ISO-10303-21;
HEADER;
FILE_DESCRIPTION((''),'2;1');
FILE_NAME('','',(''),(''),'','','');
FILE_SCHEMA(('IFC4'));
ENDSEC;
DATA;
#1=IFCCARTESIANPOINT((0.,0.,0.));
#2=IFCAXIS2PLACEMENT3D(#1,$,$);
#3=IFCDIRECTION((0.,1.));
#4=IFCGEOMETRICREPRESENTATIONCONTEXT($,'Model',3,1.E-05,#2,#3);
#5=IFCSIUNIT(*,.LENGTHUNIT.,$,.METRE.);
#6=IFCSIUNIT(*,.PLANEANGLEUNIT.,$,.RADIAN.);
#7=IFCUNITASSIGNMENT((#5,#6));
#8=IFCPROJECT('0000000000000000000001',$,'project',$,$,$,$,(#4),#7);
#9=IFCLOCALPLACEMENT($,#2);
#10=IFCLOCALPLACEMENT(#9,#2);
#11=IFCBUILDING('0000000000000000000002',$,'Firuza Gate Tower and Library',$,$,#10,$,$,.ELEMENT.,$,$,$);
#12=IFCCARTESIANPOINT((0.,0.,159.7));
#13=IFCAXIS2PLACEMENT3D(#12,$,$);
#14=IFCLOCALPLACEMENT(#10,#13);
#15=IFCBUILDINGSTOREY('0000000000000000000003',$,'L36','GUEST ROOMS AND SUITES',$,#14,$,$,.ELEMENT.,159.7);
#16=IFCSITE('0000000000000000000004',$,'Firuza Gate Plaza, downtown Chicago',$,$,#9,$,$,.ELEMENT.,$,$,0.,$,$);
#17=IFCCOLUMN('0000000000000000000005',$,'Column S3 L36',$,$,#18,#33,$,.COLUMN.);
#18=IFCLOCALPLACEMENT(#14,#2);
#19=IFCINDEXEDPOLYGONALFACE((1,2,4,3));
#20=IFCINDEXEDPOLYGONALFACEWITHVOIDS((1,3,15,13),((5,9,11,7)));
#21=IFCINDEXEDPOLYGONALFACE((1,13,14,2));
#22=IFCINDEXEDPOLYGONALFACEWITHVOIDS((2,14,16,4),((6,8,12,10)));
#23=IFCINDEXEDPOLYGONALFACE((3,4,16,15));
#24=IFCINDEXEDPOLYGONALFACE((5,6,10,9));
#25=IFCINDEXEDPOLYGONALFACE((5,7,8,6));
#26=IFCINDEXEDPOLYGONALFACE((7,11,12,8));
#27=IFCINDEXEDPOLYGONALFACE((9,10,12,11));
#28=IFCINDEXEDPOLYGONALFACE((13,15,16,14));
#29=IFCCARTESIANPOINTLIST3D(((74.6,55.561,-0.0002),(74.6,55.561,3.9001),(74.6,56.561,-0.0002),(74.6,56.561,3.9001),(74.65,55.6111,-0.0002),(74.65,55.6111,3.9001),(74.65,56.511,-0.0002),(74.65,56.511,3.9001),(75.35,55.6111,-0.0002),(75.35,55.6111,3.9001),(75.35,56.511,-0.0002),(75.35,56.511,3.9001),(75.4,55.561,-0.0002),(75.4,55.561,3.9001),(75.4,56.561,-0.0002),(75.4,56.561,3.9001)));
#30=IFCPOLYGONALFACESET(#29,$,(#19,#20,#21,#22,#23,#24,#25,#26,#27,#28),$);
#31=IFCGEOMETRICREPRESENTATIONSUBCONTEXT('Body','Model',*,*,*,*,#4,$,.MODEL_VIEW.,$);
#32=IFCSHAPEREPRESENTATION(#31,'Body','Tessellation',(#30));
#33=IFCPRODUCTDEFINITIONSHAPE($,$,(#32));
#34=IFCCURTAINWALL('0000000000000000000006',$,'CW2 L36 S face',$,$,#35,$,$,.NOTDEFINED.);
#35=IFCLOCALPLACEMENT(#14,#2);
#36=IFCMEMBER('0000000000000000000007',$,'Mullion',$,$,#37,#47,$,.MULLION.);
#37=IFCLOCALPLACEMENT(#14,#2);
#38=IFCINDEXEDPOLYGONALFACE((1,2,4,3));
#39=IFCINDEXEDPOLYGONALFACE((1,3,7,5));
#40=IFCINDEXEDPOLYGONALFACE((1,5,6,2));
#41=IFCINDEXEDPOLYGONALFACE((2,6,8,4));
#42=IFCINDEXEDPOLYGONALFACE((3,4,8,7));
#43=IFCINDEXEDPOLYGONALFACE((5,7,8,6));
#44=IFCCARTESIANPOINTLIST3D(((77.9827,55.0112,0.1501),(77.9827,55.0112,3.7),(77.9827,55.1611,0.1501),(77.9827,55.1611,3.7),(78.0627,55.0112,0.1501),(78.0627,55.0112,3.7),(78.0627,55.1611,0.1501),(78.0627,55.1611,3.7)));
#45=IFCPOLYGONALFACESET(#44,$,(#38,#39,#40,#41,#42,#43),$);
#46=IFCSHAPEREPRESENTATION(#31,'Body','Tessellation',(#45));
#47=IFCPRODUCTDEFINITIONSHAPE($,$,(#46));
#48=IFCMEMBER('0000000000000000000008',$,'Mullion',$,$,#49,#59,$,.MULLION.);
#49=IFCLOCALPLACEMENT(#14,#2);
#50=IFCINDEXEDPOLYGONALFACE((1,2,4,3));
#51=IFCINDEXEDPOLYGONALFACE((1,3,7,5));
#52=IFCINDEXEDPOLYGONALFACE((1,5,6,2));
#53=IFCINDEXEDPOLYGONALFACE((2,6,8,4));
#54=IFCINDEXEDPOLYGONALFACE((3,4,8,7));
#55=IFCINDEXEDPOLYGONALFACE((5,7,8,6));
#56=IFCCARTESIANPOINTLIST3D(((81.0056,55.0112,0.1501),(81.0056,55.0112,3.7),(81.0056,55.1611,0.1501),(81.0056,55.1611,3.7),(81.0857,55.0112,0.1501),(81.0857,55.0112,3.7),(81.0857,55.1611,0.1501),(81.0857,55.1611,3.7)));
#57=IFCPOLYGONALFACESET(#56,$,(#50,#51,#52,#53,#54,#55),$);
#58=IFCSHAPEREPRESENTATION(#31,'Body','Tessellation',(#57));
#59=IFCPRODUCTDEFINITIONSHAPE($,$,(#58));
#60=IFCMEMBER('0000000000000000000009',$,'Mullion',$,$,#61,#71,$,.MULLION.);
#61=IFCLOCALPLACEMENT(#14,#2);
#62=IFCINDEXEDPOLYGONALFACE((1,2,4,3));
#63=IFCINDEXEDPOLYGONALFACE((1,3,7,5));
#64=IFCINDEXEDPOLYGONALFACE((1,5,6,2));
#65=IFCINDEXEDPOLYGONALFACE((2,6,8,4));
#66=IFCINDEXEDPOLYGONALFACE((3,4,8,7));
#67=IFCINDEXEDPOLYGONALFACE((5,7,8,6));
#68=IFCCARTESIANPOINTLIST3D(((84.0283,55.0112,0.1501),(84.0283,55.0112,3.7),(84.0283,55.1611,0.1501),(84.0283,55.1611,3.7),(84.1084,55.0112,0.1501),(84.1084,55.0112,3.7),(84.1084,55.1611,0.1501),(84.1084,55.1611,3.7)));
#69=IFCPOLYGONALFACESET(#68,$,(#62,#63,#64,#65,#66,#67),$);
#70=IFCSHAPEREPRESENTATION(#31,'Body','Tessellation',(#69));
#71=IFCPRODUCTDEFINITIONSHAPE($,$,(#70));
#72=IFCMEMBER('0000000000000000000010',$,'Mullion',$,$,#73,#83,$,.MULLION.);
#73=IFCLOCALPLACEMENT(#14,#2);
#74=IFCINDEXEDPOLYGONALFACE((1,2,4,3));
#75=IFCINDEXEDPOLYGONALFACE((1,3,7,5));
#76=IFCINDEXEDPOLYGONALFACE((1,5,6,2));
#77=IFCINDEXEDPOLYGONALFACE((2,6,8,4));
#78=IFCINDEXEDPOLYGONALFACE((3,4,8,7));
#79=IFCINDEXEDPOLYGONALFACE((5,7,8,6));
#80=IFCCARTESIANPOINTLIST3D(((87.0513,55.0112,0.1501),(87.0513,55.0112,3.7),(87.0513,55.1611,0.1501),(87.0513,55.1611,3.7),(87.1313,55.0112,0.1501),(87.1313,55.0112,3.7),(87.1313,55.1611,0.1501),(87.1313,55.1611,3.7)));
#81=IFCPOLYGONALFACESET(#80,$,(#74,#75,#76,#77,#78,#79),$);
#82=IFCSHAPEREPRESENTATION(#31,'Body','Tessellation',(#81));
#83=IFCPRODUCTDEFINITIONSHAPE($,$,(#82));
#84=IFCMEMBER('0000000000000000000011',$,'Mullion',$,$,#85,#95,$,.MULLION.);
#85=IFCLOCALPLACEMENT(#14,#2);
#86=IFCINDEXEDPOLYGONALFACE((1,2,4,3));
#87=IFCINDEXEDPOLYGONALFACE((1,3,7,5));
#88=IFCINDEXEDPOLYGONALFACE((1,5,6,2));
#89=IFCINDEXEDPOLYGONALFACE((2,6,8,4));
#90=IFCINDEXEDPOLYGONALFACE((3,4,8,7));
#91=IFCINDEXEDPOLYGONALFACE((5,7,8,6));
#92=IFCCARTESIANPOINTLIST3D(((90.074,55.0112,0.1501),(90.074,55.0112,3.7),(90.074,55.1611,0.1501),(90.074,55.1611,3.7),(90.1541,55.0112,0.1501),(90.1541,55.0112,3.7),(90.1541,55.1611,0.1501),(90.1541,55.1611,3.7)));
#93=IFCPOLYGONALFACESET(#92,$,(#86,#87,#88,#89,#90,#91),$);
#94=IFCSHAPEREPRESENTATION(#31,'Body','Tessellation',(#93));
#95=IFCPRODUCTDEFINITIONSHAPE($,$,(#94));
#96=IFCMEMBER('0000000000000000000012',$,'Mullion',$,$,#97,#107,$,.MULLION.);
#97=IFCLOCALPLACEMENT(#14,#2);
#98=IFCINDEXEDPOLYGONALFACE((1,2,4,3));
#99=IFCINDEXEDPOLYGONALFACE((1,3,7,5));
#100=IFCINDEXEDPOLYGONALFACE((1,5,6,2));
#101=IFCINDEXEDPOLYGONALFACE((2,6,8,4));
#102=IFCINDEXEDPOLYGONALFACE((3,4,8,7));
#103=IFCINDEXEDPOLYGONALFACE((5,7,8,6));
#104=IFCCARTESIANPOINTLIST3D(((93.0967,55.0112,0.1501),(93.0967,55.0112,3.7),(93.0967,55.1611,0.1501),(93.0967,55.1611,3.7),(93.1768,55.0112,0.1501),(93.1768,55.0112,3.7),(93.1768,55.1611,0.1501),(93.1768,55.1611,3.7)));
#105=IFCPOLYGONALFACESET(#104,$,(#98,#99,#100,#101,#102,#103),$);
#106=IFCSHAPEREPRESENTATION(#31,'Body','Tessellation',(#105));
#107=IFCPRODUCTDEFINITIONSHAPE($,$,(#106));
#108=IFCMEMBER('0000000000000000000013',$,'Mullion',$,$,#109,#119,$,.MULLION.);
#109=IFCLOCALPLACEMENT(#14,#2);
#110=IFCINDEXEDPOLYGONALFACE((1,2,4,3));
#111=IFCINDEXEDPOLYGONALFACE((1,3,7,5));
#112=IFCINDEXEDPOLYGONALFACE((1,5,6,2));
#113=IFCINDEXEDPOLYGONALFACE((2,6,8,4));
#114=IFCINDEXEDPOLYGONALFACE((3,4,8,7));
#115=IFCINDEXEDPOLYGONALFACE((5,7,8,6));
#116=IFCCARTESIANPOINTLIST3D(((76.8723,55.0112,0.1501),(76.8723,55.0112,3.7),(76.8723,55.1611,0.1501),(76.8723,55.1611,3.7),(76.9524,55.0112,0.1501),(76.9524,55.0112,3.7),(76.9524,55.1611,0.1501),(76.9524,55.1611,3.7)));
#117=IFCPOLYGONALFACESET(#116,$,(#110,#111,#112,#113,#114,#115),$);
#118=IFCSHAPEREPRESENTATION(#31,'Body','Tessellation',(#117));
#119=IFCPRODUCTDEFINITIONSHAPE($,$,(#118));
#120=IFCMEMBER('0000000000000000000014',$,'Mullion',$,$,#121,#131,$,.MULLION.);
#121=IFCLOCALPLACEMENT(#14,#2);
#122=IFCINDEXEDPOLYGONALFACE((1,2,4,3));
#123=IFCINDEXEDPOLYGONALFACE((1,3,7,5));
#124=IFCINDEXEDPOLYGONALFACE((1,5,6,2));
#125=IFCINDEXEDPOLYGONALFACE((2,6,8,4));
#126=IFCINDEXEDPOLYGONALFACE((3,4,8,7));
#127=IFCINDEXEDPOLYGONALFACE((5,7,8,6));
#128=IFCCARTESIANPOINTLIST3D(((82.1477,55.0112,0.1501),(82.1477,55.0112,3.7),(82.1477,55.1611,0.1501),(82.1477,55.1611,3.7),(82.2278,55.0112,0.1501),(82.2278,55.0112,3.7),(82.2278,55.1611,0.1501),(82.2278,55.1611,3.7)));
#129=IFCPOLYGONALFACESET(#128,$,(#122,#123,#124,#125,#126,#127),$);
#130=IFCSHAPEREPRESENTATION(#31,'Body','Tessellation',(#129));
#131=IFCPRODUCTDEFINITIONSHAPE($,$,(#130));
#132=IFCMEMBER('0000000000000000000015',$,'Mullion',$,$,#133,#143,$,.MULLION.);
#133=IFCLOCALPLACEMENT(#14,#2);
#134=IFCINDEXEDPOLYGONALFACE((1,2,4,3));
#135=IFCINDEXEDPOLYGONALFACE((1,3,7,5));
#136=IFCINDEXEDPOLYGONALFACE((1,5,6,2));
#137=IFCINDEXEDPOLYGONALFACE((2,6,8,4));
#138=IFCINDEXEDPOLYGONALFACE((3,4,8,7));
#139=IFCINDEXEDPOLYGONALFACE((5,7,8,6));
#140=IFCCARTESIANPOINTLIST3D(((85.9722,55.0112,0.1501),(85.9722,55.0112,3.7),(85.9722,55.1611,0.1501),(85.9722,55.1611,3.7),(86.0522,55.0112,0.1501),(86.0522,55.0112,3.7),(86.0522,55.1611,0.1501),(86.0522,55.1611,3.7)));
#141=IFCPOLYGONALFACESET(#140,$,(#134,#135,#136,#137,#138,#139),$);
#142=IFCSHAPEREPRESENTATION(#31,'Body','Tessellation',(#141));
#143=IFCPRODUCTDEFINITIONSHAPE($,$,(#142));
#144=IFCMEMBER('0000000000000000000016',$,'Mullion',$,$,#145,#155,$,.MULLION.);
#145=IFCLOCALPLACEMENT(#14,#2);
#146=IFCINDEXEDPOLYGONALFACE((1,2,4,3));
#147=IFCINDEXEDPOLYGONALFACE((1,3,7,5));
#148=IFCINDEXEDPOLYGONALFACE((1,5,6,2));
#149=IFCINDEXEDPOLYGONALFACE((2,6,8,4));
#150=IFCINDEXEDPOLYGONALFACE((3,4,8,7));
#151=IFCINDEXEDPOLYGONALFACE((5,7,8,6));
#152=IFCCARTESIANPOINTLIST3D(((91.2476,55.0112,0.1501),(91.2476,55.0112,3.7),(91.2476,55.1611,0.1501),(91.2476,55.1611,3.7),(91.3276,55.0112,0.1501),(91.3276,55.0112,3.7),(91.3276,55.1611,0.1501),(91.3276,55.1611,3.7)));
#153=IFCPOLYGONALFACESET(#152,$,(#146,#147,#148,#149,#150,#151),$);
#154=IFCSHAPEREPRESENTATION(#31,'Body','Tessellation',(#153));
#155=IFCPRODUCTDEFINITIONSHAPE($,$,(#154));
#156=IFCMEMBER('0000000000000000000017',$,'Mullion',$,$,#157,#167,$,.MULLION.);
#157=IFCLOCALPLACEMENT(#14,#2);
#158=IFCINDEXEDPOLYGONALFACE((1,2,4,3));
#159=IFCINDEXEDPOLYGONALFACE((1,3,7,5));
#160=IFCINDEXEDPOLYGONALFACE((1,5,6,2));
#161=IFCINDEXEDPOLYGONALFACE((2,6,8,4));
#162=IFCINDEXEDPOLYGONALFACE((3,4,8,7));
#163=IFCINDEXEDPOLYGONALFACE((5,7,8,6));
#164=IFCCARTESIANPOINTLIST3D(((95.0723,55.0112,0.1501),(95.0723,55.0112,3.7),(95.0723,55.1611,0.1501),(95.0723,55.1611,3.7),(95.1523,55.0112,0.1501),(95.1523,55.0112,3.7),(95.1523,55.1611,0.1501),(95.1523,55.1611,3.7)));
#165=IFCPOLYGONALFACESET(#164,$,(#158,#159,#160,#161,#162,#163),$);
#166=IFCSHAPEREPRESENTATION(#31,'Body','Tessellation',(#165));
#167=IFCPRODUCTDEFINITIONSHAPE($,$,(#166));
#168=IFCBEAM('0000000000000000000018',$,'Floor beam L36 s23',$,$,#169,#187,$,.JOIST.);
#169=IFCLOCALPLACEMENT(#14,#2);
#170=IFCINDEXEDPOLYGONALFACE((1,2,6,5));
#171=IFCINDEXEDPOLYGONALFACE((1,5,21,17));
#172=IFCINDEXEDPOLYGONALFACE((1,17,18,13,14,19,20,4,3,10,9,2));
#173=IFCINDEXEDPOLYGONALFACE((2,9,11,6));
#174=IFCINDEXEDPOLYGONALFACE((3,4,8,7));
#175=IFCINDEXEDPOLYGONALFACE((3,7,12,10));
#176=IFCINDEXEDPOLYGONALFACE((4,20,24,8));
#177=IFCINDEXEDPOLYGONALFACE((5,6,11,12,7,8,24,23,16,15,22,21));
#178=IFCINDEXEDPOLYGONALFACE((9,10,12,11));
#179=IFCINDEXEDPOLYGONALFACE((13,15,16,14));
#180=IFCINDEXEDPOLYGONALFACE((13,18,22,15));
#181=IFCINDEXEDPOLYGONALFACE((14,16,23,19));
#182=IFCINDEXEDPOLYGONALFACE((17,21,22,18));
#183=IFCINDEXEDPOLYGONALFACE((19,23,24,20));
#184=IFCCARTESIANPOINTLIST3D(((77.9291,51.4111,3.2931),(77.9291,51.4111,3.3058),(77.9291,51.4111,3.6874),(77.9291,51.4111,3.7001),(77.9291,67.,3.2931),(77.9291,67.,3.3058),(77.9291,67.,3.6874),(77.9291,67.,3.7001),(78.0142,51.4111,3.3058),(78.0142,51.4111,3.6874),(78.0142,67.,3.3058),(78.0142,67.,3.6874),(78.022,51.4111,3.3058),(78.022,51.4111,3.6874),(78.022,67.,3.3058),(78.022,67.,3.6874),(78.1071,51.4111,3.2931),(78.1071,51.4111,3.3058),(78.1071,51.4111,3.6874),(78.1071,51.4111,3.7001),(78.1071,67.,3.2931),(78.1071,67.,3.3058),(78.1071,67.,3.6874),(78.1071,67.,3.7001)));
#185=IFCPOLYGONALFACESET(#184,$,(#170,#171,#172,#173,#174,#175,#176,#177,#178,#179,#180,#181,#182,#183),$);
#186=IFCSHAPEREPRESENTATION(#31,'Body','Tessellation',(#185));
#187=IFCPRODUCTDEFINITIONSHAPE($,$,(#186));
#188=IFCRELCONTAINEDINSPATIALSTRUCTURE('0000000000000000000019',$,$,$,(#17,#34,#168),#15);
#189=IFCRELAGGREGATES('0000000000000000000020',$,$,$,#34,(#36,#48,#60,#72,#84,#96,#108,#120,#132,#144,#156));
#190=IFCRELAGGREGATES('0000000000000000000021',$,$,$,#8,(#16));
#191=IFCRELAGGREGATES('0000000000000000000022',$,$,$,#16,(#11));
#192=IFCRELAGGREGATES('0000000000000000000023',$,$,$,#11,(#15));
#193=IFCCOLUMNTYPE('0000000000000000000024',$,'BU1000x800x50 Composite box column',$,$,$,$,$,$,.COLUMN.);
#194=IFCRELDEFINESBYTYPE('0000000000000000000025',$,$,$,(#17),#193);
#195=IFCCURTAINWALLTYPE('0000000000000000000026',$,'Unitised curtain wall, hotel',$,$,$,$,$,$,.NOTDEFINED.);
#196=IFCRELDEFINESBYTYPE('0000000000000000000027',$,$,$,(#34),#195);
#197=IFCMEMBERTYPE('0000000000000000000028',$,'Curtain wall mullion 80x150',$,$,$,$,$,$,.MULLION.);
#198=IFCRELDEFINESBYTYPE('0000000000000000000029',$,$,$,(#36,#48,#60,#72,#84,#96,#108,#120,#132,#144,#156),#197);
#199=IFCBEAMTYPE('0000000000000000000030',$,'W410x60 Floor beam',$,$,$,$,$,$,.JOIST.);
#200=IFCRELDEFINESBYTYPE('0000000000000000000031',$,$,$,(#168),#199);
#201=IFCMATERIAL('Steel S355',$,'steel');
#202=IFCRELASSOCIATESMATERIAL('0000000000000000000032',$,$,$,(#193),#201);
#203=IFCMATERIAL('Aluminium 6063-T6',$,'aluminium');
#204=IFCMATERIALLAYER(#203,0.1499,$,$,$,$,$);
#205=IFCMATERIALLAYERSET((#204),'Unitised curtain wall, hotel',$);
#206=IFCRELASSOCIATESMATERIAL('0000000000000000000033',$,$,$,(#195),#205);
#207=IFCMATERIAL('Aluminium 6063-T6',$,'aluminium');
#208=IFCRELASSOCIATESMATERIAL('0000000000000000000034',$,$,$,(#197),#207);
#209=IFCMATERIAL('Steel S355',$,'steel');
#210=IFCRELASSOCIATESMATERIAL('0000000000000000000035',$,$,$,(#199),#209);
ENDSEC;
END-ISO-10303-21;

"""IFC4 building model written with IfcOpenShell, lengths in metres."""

from ifc_helpers import new_model, si_unit, direction, frame, origin, origin_2d, place, context, subcontext, project, spatial, rectangle, hollow_rectangle, i_section, extrude, material, layer, layer_set, material_profile, profile_set, type_object, element, aggregate, save


model = new_model("IFC4")

# Units and contexts
model_context = context("Model", 3, precision=1e-05, world=origin(), true_north=direction((0.0, 1.0)))
body_context = subcontext(model_context, "Body", "Model", "MODEL_VIEW")
ifc_project = project(units=[si_unit("LENGTHUNIT", "METRE"), si_unit("PLANEANGLEUNIT", "RADIAN")], contexts=[model_context])

# Site, building, storey
site_placement = place(None, origin())
site = spatial("IfcSite", under=ifc_project, at=site_placement, Name="Firuza Gate Plaza, downtown Chicago", CompositionType="ELEMENT", RefElevation=0.0)
building_placement = place(site_placement, origin())
building = spatial("IfcBuilding", under=site, at=building_placement, Name="Firuza Gate Tower and Library", CompositionType="ELEMENT")
storey_placement = place(building_placement, frame((0.0, 0.0, 159.7)))
storey = spatial("IfcBuildingStorey", under=building, at=storey_placement, Name="L36", Description="GUEST ROOMS AND SUITES", CompositionType="ELEMENT", Elevation=159.7)

# Column
ifc_material_1 = material(Name="Steel S355", Category="steel")
ifc_material_profile_1 = material_profile(ifc_material_1, hollow_rectangle(XDim=0.8, YDim=1.0, WallThickness=0.05, at=origin_2d()))
ifc_profile_set_1 = profile_set([ifc_material_profile_1], Name="Steel S355")
column_type = type_object("IfcColumnType", Name="BU1000x800x50 Composite box column", PredefinedType="COLUMN", material=ifc_profile_set_1)
column_placement = place(storey_placement, frame((75.0, 56.061, -0.0002), z_axis=(0.0, 0.0, 1.0), x_axis=(1.0, 0.0, 0.0)))
element("IfcColumn", 1, at=column_placement, inside=storey, type_object=column_type, Name="Column S3 L36", PredefinedType="COLUMN", context=body_context, shape_type="SweptSolid", body=[
    extrude(hollow_rectangle(XDim=0.8, YDim=1.0, WallThickness=0.05, at=origin_2d()), origin(), (0.0, 0.0, 1.0), 3.9004),
])

# Curtain wall, members
ifc_material_2 = material(Name="Aluminium 6063-T6", Category="aluminium")
ifc_layer_1 = layer(ifc_material_2, 0.1499)
ifc_layer_set_1 = layer_set([ifc_layer_1], Name="Unitised curtain wall, hotel")
curtain_wall_type = type_object("IfcCurtainWallType", Name="Unitised curtain wall, hotel", PredefinedType="NOTDEFINED", material=ifc_layer_set_1)
curtain_wall_placement = place(storey_placement, origin())
curtain_wall = element("IfcCurtainWall", 2, at=curtain_wall_placement, inside=storey, type_object=curtain_wall_type, Name="CW2 L36 S face", PredefinedType="NOTDEFINED")
ifc_material_3 = material(Name="Aluminium 6063-T6", Category="aluminium")
ifc_material_profile_2 = material_profile(ifc_material_3, rectangle(XDim=0.1499, YDim=0.0801, at=origin_2d()))
ifc_profile_set_2 = profile_set([ifc_material_profile_2], Name="Aluminium 6063-T6")
member_type = type_object("IfcMemberType", Name="Curtain wall mullion 80x150", PredefinedType="MULLION", material=ifc_profile_set_2)
member_1_placement = place(storey_placement, frame((78.0227, 55.0862, 0.1501), z_axis=(0.0, 0.0, 1.0), x_axis=(0.0, 1.0, 0.0)))
member_1 = element("IfcMember", 3, at=member_1_placement, type_object=member_type, Name="Mullion", PredefinedType="MULLION", context=body_context, shape_type="SweptSolid", body=[
    extrude(rectangle(XDim=0.1499, YDim=0.0801, at=origin_2d()), origin(), (0.0, 0.0, 1.0), 3.5498),
])
member_2_placement = place(storey_placement, frame((81.0457, 55.0862, 0.1501), z_axis=(0.0, 0.0, 1.0), x_axis=(0.0, 1.0, 0.0)))
member_2 = element("IfcMember", 4, at=member_2_placement, type_object=member_type, Name="Mullion", PredefinedType="MULLION", context=body_context, shape_type="SweptSolid", body=[
    extrude(rectangle(XDim=0.1499, YDim=0.0801, at=origin_2d()), origin(), (0.0, 0.0, 1.0), 3.5498),
])
member_3_placement = place(storey_placement, frame((84.0684, 55.0862, 0.1501), z_axis=(0.0, 0.0, 1.0), x_axis=(0.0, 1.0, 0.0)))
member_3 = element("IfcMember", 5, at=member_3_placement, type_object=member_type, Name="Mullion", PredefinedType="MULLION", context=body_context, shape_type="SweptSolid", body=[
    extrude(rectangle(XDim=0.1499, YDim=0.0801, at=origin_2d()), origin(), (0.0, 0.0, 1.0), 3.5498),
])
member_4_placement = place(storey_placement, frame((87.0913, 55.0862, 0.1501), z_axis=(0.0, 0.0, 1.0), x_axis=(0.0, 1.0, 0.0)))
member_4 = element("IfcMember", 6, at=member_4_placement, type_object=member_type, Name="Mullion", PredefinedType="MULLION", context=body_context, shape_type="SweptSolid", body=[
    extrude(rectangle(XDim=0.1499, YDim=0.0801, at=origin_2d()), origin(), (0.0, 0.0, 1.0), 3.5498),
])
member_5_placement = place(storey_placement, frame((90.114, 55.0862, 0.1501), z_axis=(0.0, 0.0, 1.0), x_axis=(0.0, 1.0, 0.0)))
member_5 = element("IfcMember", 7, at=member_5_placement, type_object=member_type, Name="Mullion", PredefinedType="MULLION", context=body_context, shape_type="SweptSolid", body=[
    extrude(rectangle(XDim=0.1499, YDim=0.0801, at=origin_2d()), origin(), (0.0, 0.0, 1.0), 3.5498),
])
member_6_placement = place(storey_placement, frame((93.1367, 55.0862, 0.1501), z_axis=(0.0, 0.0, 1.0), x_axis=(0.0, 1.0, 0.0)))
member_6 = element("IfcMember", 8, at=member_6_placement, type_object=member_type, Name="Mullion", PredefinedType="MULLION", context=body_context, shape_type="SweptSolid", body=[
    extrude(rectangle(XDim=0.1499, YDim=0.0801, at=origin_2d()), origin(), (0.0, 0.0, 1.0), 3.5498),
])
member_7_placement = place(storey_placement, frame((76.9124, 55.0862, 0.1501), z_axis=(0.0, 0.0, 1.0), x_axis=(0.0, 1.0, 0.0)))
member_7 = element("IfcMember", 9, at=member_7_placement, type_object=member_type, Name="Mullion", PredefinedType="MULLION", context=body_context, shape_type="SweptSolid", body=[
    extrude(rectangle(XDim=0.1499, YDim=0.0801, at=origin_2d()), origin(), (0.0, 0.0, 1.0), 3.5498),
])
member_8_placement = place(storey_placement, frame((82.1877, 55.0862, 0.1501), z_axis=(0.0, 0.0, 1.0), x_axis=(0.0, 1.0, 0.0)))
member_8 = element("IfcMember", 10, at=member_8_placement, type_object=member_type, Name="Mullion", PredefinedType="MULLION", context=body_context, shape_type="SweptSolid", body=[
    extrude(rectangle(XDim=0.1499, YDim=0.0801, at=origin_2d()), origin(), (0.0, 0.0, 1.0), 3.5498),
])
member_9_placement = place(storey_placement, frame((86.0122, 55.0862, 0.1501), z_axis=(0.0, 0.0, 1.0), x_axis=(0.0, 1.0, 0.0)))
member_9 = element("IfcMember", 11, at=member_9_placement, type_object=member_type, Name="Mullion", PredefinedType="MULLION", context=body_context, shape_type="SweptSolid", body=[
    extrude(rectangle(XDim=0.1499, YDim=0.0801, at=origin_2d()), origin(), (0.0, 0.0, 1.0), 3.5498),
])
member_10_placement = place(storey_placement, frame((91.2876, 55.0862, 0.1501), z_axis=(0.0, 0.0, 1.0), x_axis=(0.0, 1.0, 0.0)))
member_10 = element("IfcMember", 12, at=member_10_placement, type_object=member_type, Name="Mullion", PredefinedType="MULLION", context=body_context, shape_type="SweptSolid", body=[
    extrude(rectangle(XDim=0.1499, YDim=0.0801, at=origin_2d()), origin(), (0.0, 0.0, 1.0), 3.5498),
])
member_11_placement = place(storey_placement, frame((95.1123, 55.0862, 0.1501), z_axis=(0.0, 0.0, 1.0), x_axis=(0.0, 1.0, 0.0)))
member_11 = element("IfcMember", 13, at=member_11_placement, type_object=member_type, Name="Mullion", PredefinedType="MULLION", context=body_context, shape_type="SweptSolid", body=[
    extrude(rectangle(XDim=0.1499, YDim=0.0801, at=origin_2d()), origin(), (0.0, 0.0, 1.0), 3.5498),
])

# Beam
ifc_material_4 = material(Name="Steel S355", Category="steel")
ifc_material_profile_3 = material_profile(ifc_material_4, i_section(OverallWidth=0.178, OverallDepth=0.407, WebThickness=0.0078, FlangeThickness=0.0127, at=origin_2d()))
ifc_profile_set_3 = profile_set([ifc_material_profile_3], Name="Steel S355")
beam_type = type_object("IfcBeamType", Name="W410x60 Floor beam", PredefinedType="JOIST", material=ifc_profile_set_3)
beam_placement = place(storey_placement, frame((78.0181, 51.4111, 3.4966), z_axis=(0.0, 1.0, 0.0), x_axis=(-1.0, 0.0, 0.0)))
element("IfcBeam", 14, at=beam_placement, inside=storey, type_object=beam_type, Name="Floor beam L36 s23", PredefinedType="JOIST", context=body_context, shape_type="SweptSolid", body=[
    extrude(i_section(OverallWidth=0.178, OverallDepth=0.407, WebThickness=0.0078, FlangeThickness=0.0127, at=origin_2d()), origin(), (0.0, 0.0, 1.0), 15.5889),
])

aggregate(curtain_wall, [member_1, member_2, member_3, member_4, member_5, member_6, member_7, member_8, member_9, member_10, member_11])

save(model, "model.ifc")
